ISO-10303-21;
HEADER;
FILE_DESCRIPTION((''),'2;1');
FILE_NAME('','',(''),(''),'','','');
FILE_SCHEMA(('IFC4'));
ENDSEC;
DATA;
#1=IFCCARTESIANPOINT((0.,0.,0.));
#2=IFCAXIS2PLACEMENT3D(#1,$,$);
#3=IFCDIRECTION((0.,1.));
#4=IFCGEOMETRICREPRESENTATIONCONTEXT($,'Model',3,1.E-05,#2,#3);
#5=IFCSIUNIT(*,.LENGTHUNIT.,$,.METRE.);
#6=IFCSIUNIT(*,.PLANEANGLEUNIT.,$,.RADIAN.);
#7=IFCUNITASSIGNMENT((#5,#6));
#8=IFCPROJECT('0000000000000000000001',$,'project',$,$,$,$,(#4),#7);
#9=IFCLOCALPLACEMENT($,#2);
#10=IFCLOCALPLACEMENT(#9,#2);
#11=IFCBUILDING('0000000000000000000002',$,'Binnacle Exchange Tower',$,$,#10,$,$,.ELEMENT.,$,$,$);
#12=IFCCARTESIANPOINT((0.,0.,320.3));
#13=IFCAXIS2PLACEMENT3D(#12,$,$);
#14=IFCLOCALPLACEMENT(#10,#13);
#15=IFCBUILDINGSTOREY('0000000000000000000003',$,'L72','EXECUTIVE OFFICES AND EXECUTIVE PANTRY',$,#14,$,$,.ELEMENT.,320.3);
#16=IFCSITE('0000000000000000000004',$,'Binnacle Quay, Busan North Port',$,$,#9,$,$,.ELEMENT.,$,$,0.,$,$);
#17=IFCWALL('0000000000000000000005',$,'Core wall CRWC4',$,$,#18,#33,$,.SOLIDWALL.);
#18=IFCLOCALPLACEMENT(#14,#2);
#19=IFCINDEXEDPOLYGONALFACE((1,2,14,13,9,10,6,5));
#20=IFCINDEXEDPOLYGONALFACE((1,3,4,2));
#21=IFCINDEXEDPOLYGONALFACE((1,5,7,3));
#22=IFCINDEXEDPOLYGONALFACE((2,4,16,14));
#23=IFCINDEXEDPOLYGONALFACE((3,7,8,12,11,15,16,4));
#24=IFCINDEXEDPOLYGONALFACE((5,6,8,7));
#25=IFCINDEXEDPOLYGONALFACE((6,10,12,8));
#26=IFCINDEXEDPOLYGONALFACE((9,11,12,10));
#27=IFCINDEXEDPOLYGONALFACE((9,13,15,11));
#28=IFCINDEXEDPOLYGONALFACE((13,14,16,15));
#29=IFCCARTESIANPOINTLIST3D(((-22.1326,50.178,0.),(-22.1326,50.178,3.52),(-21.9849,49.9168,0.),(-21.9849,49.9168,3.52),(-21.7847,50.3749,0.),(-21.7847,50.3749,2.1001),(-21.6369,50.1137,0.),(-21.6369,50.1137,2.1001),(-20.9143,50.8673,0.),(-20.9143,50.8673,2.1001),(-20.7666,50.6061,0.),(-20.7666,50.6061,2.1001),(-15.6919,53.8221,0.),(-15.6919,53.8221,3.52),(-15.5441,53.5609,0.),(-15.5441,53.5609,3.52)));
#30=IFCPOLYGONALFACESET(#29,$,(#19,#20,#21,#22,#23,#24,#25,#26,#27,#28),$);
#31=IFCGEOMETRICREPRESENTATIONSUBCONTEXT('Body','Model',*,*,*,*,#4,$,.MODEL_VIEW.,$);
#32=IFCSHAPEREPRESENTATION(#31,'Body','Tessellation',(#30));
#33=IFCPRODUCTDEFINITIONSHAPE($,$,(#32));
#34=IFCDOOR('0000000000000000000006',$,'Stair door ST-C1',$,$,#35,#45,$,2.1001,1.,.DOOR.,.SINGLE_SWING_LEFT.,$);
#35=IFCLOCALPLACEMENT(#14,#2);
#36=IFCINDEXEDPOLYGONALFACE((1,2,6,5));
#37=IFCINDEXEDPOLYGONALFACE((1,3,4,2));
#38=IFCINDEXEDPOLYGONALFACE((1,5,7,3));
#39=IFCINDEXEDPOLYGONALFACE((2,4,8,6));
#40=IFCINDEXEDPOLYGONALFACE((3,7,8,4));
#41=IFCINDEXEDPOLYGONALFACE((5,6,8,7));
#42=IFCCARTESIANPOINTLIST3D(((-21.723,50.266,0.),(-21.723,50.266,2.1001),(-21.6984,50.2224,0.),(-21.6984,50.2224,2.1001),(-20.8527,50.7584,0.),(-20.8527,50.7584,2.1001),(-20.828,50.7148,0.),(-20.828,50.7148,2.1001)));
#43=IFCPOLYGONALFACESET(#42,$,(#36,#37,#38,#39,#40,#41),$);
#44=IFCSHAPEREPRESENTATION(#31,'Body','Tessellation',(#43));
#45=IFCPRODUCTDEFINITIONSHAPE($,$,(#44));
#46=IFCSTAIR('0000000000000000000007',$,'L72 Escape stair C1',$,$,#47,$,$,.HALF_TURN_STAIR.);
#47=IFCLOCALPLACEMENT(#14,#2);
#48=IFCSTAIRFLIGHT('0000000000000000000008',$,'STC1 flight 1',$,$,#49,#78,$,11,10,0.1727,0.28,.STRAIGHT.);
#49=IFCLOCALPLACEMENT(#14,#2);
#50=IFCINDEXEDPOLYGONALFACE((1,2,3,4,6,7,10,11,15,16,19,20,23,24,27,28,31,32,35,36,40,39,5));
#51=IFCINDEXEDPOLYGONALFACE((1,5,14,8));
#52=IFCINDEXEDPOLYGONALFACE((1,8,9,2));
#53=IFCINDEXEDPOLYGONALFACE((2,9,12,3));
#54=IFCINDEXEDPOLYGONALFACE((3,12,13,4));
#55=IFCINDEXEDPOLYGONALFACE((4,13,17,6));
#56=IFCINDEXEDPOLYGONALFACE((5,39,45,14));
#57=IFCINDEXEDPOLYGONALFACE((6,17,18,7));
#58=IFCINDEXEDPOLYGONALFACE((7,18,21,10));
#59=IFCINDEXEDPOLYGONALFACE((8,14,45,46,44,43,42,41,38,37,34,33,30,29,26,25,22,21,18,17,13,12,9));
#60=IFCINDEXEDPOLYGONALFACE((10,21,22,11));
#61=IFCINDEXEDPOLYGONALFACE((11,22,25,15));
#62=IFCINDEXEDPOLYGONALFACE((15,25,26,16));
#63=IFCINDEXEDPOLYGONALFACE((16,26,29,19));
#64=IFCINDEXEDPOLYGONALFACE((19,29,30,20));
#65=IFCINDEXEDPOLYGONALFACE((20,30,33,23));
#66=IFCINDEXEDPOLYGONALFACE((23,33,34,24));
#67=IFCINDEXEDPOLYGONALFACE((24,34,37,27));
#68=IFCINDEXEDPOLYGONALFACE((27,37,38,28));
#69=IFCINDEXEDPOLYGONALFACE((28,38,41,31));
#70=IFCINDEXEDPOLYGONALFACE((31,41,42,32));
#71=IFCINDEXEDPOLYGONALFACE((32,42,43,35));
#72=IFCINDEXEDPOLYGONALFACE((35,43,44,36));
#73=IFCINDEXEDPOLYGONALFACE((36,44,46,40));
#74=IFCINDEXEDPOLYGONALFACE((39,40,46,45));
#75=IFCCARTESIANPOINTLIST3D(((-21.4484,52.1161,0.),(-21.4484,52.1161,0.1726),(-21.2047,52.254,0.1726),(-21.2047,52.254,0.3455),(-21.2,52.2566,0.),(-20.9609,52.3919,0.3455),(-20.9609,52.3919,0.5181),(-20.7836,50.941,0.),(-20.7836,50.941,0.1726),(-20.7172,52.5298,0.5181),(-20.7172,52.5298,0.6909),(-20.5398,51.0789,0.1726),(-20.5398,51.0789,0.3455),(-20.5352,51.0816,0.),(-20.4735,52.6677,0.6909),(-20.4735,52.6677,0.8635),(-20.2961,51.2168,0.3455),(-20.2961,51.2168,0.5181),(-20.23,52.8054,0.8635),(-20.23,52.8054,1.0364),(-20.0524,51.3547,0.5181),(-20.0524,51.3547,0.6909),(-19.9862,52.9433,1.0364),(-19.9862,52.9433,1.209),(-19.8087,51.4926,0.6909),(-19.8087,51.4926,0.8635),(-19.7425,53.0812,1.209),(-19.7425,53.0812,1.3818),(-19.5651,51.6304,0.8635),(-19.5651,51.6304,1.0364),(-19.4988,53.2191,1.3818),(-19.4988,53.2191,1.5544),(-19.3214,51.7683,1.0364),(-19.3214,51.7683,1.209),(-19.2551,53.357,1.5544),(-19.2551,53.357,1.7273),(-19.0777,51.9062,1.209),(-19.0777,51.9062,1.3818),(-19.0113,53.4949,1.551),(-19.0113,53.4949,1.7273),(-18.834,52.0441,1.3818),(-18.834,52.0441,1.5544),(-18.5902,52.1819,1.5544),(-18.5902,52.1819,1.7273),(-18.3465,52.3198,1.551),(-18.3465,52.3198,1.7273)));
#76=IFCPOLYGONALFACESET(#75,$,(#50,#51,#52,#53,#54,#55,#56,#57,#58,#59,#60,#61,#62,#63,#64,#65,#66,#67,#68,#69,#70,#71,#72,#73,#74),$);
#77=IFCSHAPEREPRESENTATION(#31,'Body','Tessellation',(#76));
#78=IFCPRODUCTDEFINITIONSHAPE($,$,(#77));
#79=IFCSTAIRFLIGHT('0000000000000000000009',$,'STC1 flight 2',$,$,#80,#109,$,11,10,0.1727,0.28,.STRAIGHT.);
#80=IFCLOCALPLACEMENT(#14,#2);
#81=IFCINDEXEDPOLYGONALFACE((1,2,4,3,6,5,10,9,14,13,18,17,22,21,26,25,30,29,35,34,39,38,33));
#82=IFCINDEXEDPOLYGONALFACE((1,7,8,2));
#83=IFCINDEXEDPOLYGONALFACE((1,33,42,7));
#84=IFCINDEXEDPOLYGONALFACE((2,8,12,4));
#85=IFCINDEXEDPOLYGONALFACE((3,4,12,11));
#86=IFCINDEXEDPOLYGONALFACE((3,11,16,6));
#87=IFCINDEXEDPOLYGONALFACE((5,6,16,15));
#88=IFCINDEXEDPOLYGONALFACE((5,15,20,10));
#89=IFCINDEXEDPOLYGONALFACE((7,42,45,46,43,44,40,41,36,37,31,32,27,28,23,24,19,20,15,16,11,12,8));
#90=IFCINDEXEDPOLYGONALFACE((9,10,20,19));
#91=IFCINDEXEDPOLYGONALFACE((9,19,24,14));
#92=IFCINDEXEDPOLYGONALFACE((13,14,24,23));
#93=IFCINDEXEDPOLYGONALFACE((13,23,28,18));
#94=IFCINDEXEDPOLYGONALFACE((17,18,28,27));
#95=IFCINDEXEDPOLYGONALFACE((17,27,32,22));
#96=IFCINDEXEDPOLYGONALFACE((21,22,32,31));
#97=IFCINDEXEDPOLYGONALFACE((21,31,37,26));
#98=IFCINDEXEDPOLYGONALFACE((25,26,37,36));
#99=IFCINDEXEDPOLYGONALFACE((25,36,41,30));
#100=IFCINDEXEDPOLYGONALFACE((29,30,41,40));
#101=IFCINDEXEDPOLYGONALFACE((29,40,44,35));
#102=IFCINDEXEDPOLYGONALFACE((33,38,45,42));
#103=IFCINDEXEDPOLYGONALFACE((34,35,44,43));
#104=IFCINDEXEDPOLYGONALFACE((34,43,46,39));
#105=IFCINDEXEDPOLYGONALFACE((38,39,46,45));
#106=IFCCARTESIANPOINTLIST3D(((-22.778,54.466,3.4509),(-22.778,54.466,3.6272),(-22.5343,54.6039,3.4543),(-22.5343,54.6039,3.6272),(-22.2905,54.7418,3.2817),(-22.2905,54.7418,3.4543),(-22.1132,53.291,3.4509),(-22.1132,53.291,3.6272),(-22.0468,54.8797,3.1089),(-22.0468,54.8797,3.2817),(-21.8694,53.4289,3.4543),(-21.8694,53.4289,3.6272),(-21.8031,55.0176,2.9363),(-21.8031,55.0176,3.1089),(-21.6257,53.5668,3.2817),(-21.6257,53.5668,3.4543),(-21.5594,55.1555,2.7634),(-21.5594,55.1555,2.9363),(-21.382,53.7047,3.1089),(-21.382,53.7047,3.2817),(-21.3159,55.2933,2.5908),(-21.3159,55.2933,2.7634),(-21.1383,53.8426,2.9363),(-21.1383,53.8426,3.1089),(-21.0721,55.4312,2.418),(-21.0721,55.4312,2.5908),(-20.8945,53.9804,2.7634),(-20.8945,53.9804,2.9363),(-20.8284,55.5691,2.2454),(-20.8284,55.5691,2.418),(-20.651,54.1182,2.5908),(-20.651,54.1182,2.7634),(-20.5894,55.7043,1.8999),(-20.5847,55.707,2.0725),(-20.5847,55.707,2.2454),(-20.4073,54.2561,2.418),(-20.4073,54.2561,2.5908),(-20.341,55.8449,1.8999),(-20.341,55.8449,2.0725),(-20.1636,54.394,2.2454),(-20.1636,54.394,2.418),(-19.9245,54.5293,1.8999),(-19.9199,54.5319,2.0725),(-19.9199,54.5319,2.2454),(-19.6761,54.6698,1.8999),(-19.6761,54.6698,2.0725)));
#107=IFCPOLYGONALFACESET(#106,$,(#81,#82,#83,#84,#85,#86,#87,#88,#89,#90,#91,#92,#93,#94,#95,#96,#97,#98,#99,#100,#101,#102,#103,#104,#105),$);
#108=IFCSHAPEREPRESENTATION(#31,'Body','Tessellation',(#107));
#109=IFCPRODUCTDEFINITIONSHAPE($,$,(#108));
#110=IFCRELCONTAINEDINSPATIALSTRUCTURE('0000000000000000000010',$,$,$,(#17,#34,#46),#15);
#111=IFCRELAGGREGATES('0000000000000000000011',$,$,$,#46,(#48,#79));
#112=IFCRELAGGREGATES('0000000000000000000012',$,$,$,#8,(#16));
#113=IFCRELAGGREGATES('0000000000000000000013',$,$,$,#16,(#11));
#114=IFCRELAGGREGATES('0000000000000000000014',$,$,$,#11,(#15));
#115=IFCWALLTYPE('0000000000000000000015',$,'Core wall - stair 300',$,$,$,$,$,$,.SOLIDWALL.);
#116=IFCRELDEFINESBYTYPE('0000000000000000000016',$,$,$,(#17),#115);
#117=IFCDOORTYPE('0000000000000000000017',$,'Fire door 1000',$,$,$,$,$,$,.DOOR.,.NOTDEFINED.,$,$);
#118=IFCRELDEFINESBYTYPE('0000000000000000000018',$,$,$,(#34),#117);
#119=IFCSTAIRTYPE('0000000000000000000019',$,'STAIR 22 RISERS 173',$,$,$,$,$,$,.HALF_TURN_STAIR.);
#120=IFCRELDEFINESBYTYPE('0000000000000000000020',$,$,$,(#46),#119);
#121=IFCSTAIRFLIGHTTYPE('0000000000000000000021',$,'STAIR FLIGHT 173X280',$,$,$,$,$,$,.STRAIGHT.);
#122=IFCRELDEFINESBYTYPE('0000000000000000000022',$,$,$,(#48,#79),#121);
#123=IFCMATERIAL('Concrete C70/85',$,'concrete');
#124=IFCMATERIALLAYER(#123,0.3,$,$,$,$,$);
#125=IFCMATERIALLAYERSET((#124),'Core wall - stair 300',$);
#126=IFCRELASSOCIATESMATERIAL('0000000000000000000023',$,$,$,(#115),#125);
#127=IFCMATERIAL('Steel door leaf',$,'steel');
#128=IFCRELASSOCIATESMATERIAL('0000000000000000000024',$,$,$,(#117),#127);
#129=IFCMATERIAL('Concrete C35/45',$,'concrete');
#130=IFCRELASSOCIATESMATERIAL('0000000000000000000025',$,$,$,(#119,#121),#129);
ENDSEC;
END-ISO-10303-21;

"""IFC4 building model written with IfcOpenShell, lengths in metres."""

from ifc_helpers import new_model, si_unit, direction, frame, frame_2d, origin, place, context, subcontext, project, spatial, polyline, rectangle, outline, extrude, material, layer, layer_set, type_object, element, fill, aggregate, save


model = new_model("IFC4")

# Units and contexts
model_context = context("Model", 3, precision=1e-05, world=origin(), true_north=direction((0.0, 1.0)))
body_context = subcontext(model_context, "Body", "Model", "MODEL_VIEW")
ifc_project = project(units=[si_unit("LENGTHUNIT", "METRE"), si_unit("PLANEANGLEUNIT", "RADIAN")], contexts=[model_context])

# Site, building, storey
site_placement = place(None, origin())
site = spatial("IfcSite", under=ifc_project, at=site_placement, Name="Binnacle Quay, Busan North Port", CompositionType="ELEMENT", RefElevation=0.0)
building_placement = place(site_placement, origin())
building = spatial("IfcBuilding", under=site, at=building_placement, Name="Binnacle Exchange Tower", CompositionType="ELEMENT")
storey_placement = place(building_placement, frame((0.0, 0.0, 320.3)))
storey = spatial("IfcBuildingStorey", under=building, at=storey_placement, Name="L72", Description="EXECUTIVE OFFICES AND EXECUTIVE PANTRY", CompositionType="ELEMENT", Elevation=320.3)

# Shared definitions
ifc_material_1 = material(Name="Concrete C70/85", Category="concrete")

# Wall, opening, door
ifc_layer_1 = layer(ifc_material_1, 0.3)
ifc_layer_set_1 = layer_set([ifc_layer_1], Name="Core wall - stair 300")
wall_type_1 = type_object("IfcWallType", Name="Core wall - stair 300", PredefinedType="SOLIDWALL", material=ifc_layer_set_1)
wall_1_placement = place(storey_placement, frame((-22.0588, 50.0474, 0.0), z_axis=(0.0, 0.0, 1.0), x_axis=(0.870351, 0.492432, 0.0)))
wall_1 = element("IfcWall", 1, at=wall_1_placement, inside=storey, type_object=wall_type_1, Name="Core wall CRWC4", PredefinedType="SOLIDWALL", context=body_context, shape_type="SweptSolid", body=[
    extrude(rectangle(XDim=7.4001, YDim=0.3, at=frame_2d((3.7002, 0.0))), origin(), (0.0, 0.0, 1.0), 3.52),
])
opening_placement = place(wall_1_placement, frame((0.3999, 0.0, 0.0)))
opening = element("IfcOpeningElement", 2, at=opening_placement, cuts=wall_1, PredefinedType="OPENING", context=body_context, shape_type="SweptSolid", body=[
    extrude(rectangle(XDim=1.0, YDim=2.1001, at=frame_2d((0.5, 1.05))), frame((0.0, 0.1599, 0.0), z_axis=(0.0, -1.0, 0.0), x_axis=(1.0, 0.0, 0.0)), (0.0, 0.0, 1.0), 0.3201),
])
ifc_material_2 = material(Name="Steel door leaf", Category="steel")
door_type = type_object("IfcDoorType", Name="Fire door 1000", OperationType="NOTDEFINED", PredefinedType="DOOR", material=ifc_material_2)
door_placement = place(opening_placement, origin())
door = element("IfcDoor", 3, at=door_placement, inside=storey, type_object=door_type, Name="Stair door ST-C1", OperationType="SINGLE_SWING_LEFT", OverallHeight=2.1001, OverallWidth=1.0, PredefinedType="DOOR", context=body_context, shape_type="SweptSolid", body=[
    extrude(rectangle(XDim=1.0, YDim=2.1001, at=frame_2d((0.5, 1.05))), frame((0.0, 0.0249, 0.0), z_axis=(0.0, -1.0, 0.0), x_axis=(1.0, 0.0, 0.0)), (0.0, 0.0, 1.0), 0.05),
])
fill(opening, door)

# Stair, stair flights
ifc_material_3 = material(Name="Concrete C35/45", Category="concrete")
stair_type = type_object("IfcStairType", Name="STAIR 22 RISERS 173", PredefinedType="HALF_TURN_STAIR", material=ifc_material_3)
stair_placement = place(storey_placement, origin())
stair = element("IfcStair", 4, at=stair_placement, inside=storey, type_object=stair_type, Name="L72 Escape stair C1", PredefinedType="HALF_TURN_STAIR")
stair_flight_type = type_object("IfcStairFlightType", Name="STAIR FLIGHT 173X280", PredefinedType="STRAIGHT", material=ifc_material_3)
stair_flight_1_placement = place(storey_placement, frame((-21.116, 51.5286, 0.0), z_axis=(0.0, 0.0, 1.0), x_axis=(0.870356, 0.492424, 0.0)))
stair_flight_1 = element("IfcStairFlight", 5, at=stair_flight_1_placement, type_object=stair_flight_type, Name="STC1 flight 1", NumberOfRisers=11, NumberOfTreads=10, PredefinedType="STRAIGHT", RiserHeight=0.1727, TreadLength=0.28, context=body_context, shape_type="SweptSolid", body=[
    extrude(outline(polyline([(0.0, 0.0), (0.0, 0.1726), (0.28, 0.1726), (0.28, 0.3455), (0.5601, 0.3455), (0.5601, 0.5181), (0.8401, 0.5181), (0.8401, 0.6909), (1.1201, 0.6909), (1.1201, 0.8635), (1.3999, 0.8635), (1.3999, 1.0364), (1.6799, 1.0364), (1.6799, 1.209), (1.96, 1.209), (1.96, 1.3818), (2.24, 1.3818), (2.24, 1.5544), (2.52, 1.5544), (2.52, 1.7273), (2.8, 1.7273), (2.8, 1.8999), (2.8, 1.551), (0.2854, 0.0), (0.0, 0.0)])), frame((0.0, 0.675, 0.0), z_axis=(0.0, -1.0, 0.0), x_axis=(1.0, 0.0, 0.0)), (0.0, 0.0, 1.0), 1.3501),
])
stair_flight_2_placement = place(storey_placement, frame((-20.0085, 55.2573, 1.8999), z_axis=(0.0, 0.0, 1.0), x_axis=(-0.870356, -0.492424, 0.0)))
stair_flight_2 = element("IfcStairFlight", 6, at=stair_flight_2_placement, type_object=stair_flight_type, Name="STC1 flight 2", NumberOfRisers=11, NumberOfTreads=10, PredefinedType="STRAIGHT", RiserHeight=0.1727, TreadLength=0.28, context=body_context, shape_type="SweptSolid", body=[
    extrude(outline(polyline([(0.0, 0.0), (0.0, 0.1726), (0.28, 0.1726), (0.28, 0.3455), (0.5601, 0.3455), (0.5601, 0.5181), (0.8401, 0.5181), (0.8401, 0.6909), (1.1201, 0.6909), (1.1201, 0.8635), (1.3999, 0.8635), (1.3999, 1.0364), (1.6799, 1.0364), (1.6799, 1.209), (1.96, 1.209), (1.96, 1.3818), (2.24, 1.3818), (2.24, 1.5544), (2.52, 1.5544), (2.52, 1.7273), (2.8, 1.7273), (2.8, 1.8999), (2.8, 1.551), (0.2854, 0.0), (0.0, 0.0)])), frame((0.0, 0.675, 0.0), z_axis=(0.0, -1.0, 0.0), x_axis=(1.0, 0.0, 0.0)), (0.0, 0.0, 1.0), 1.3501),
])
aggregate(stair, [stair_flight_1, stair_flight_2])

save(model, "model.ifc")
